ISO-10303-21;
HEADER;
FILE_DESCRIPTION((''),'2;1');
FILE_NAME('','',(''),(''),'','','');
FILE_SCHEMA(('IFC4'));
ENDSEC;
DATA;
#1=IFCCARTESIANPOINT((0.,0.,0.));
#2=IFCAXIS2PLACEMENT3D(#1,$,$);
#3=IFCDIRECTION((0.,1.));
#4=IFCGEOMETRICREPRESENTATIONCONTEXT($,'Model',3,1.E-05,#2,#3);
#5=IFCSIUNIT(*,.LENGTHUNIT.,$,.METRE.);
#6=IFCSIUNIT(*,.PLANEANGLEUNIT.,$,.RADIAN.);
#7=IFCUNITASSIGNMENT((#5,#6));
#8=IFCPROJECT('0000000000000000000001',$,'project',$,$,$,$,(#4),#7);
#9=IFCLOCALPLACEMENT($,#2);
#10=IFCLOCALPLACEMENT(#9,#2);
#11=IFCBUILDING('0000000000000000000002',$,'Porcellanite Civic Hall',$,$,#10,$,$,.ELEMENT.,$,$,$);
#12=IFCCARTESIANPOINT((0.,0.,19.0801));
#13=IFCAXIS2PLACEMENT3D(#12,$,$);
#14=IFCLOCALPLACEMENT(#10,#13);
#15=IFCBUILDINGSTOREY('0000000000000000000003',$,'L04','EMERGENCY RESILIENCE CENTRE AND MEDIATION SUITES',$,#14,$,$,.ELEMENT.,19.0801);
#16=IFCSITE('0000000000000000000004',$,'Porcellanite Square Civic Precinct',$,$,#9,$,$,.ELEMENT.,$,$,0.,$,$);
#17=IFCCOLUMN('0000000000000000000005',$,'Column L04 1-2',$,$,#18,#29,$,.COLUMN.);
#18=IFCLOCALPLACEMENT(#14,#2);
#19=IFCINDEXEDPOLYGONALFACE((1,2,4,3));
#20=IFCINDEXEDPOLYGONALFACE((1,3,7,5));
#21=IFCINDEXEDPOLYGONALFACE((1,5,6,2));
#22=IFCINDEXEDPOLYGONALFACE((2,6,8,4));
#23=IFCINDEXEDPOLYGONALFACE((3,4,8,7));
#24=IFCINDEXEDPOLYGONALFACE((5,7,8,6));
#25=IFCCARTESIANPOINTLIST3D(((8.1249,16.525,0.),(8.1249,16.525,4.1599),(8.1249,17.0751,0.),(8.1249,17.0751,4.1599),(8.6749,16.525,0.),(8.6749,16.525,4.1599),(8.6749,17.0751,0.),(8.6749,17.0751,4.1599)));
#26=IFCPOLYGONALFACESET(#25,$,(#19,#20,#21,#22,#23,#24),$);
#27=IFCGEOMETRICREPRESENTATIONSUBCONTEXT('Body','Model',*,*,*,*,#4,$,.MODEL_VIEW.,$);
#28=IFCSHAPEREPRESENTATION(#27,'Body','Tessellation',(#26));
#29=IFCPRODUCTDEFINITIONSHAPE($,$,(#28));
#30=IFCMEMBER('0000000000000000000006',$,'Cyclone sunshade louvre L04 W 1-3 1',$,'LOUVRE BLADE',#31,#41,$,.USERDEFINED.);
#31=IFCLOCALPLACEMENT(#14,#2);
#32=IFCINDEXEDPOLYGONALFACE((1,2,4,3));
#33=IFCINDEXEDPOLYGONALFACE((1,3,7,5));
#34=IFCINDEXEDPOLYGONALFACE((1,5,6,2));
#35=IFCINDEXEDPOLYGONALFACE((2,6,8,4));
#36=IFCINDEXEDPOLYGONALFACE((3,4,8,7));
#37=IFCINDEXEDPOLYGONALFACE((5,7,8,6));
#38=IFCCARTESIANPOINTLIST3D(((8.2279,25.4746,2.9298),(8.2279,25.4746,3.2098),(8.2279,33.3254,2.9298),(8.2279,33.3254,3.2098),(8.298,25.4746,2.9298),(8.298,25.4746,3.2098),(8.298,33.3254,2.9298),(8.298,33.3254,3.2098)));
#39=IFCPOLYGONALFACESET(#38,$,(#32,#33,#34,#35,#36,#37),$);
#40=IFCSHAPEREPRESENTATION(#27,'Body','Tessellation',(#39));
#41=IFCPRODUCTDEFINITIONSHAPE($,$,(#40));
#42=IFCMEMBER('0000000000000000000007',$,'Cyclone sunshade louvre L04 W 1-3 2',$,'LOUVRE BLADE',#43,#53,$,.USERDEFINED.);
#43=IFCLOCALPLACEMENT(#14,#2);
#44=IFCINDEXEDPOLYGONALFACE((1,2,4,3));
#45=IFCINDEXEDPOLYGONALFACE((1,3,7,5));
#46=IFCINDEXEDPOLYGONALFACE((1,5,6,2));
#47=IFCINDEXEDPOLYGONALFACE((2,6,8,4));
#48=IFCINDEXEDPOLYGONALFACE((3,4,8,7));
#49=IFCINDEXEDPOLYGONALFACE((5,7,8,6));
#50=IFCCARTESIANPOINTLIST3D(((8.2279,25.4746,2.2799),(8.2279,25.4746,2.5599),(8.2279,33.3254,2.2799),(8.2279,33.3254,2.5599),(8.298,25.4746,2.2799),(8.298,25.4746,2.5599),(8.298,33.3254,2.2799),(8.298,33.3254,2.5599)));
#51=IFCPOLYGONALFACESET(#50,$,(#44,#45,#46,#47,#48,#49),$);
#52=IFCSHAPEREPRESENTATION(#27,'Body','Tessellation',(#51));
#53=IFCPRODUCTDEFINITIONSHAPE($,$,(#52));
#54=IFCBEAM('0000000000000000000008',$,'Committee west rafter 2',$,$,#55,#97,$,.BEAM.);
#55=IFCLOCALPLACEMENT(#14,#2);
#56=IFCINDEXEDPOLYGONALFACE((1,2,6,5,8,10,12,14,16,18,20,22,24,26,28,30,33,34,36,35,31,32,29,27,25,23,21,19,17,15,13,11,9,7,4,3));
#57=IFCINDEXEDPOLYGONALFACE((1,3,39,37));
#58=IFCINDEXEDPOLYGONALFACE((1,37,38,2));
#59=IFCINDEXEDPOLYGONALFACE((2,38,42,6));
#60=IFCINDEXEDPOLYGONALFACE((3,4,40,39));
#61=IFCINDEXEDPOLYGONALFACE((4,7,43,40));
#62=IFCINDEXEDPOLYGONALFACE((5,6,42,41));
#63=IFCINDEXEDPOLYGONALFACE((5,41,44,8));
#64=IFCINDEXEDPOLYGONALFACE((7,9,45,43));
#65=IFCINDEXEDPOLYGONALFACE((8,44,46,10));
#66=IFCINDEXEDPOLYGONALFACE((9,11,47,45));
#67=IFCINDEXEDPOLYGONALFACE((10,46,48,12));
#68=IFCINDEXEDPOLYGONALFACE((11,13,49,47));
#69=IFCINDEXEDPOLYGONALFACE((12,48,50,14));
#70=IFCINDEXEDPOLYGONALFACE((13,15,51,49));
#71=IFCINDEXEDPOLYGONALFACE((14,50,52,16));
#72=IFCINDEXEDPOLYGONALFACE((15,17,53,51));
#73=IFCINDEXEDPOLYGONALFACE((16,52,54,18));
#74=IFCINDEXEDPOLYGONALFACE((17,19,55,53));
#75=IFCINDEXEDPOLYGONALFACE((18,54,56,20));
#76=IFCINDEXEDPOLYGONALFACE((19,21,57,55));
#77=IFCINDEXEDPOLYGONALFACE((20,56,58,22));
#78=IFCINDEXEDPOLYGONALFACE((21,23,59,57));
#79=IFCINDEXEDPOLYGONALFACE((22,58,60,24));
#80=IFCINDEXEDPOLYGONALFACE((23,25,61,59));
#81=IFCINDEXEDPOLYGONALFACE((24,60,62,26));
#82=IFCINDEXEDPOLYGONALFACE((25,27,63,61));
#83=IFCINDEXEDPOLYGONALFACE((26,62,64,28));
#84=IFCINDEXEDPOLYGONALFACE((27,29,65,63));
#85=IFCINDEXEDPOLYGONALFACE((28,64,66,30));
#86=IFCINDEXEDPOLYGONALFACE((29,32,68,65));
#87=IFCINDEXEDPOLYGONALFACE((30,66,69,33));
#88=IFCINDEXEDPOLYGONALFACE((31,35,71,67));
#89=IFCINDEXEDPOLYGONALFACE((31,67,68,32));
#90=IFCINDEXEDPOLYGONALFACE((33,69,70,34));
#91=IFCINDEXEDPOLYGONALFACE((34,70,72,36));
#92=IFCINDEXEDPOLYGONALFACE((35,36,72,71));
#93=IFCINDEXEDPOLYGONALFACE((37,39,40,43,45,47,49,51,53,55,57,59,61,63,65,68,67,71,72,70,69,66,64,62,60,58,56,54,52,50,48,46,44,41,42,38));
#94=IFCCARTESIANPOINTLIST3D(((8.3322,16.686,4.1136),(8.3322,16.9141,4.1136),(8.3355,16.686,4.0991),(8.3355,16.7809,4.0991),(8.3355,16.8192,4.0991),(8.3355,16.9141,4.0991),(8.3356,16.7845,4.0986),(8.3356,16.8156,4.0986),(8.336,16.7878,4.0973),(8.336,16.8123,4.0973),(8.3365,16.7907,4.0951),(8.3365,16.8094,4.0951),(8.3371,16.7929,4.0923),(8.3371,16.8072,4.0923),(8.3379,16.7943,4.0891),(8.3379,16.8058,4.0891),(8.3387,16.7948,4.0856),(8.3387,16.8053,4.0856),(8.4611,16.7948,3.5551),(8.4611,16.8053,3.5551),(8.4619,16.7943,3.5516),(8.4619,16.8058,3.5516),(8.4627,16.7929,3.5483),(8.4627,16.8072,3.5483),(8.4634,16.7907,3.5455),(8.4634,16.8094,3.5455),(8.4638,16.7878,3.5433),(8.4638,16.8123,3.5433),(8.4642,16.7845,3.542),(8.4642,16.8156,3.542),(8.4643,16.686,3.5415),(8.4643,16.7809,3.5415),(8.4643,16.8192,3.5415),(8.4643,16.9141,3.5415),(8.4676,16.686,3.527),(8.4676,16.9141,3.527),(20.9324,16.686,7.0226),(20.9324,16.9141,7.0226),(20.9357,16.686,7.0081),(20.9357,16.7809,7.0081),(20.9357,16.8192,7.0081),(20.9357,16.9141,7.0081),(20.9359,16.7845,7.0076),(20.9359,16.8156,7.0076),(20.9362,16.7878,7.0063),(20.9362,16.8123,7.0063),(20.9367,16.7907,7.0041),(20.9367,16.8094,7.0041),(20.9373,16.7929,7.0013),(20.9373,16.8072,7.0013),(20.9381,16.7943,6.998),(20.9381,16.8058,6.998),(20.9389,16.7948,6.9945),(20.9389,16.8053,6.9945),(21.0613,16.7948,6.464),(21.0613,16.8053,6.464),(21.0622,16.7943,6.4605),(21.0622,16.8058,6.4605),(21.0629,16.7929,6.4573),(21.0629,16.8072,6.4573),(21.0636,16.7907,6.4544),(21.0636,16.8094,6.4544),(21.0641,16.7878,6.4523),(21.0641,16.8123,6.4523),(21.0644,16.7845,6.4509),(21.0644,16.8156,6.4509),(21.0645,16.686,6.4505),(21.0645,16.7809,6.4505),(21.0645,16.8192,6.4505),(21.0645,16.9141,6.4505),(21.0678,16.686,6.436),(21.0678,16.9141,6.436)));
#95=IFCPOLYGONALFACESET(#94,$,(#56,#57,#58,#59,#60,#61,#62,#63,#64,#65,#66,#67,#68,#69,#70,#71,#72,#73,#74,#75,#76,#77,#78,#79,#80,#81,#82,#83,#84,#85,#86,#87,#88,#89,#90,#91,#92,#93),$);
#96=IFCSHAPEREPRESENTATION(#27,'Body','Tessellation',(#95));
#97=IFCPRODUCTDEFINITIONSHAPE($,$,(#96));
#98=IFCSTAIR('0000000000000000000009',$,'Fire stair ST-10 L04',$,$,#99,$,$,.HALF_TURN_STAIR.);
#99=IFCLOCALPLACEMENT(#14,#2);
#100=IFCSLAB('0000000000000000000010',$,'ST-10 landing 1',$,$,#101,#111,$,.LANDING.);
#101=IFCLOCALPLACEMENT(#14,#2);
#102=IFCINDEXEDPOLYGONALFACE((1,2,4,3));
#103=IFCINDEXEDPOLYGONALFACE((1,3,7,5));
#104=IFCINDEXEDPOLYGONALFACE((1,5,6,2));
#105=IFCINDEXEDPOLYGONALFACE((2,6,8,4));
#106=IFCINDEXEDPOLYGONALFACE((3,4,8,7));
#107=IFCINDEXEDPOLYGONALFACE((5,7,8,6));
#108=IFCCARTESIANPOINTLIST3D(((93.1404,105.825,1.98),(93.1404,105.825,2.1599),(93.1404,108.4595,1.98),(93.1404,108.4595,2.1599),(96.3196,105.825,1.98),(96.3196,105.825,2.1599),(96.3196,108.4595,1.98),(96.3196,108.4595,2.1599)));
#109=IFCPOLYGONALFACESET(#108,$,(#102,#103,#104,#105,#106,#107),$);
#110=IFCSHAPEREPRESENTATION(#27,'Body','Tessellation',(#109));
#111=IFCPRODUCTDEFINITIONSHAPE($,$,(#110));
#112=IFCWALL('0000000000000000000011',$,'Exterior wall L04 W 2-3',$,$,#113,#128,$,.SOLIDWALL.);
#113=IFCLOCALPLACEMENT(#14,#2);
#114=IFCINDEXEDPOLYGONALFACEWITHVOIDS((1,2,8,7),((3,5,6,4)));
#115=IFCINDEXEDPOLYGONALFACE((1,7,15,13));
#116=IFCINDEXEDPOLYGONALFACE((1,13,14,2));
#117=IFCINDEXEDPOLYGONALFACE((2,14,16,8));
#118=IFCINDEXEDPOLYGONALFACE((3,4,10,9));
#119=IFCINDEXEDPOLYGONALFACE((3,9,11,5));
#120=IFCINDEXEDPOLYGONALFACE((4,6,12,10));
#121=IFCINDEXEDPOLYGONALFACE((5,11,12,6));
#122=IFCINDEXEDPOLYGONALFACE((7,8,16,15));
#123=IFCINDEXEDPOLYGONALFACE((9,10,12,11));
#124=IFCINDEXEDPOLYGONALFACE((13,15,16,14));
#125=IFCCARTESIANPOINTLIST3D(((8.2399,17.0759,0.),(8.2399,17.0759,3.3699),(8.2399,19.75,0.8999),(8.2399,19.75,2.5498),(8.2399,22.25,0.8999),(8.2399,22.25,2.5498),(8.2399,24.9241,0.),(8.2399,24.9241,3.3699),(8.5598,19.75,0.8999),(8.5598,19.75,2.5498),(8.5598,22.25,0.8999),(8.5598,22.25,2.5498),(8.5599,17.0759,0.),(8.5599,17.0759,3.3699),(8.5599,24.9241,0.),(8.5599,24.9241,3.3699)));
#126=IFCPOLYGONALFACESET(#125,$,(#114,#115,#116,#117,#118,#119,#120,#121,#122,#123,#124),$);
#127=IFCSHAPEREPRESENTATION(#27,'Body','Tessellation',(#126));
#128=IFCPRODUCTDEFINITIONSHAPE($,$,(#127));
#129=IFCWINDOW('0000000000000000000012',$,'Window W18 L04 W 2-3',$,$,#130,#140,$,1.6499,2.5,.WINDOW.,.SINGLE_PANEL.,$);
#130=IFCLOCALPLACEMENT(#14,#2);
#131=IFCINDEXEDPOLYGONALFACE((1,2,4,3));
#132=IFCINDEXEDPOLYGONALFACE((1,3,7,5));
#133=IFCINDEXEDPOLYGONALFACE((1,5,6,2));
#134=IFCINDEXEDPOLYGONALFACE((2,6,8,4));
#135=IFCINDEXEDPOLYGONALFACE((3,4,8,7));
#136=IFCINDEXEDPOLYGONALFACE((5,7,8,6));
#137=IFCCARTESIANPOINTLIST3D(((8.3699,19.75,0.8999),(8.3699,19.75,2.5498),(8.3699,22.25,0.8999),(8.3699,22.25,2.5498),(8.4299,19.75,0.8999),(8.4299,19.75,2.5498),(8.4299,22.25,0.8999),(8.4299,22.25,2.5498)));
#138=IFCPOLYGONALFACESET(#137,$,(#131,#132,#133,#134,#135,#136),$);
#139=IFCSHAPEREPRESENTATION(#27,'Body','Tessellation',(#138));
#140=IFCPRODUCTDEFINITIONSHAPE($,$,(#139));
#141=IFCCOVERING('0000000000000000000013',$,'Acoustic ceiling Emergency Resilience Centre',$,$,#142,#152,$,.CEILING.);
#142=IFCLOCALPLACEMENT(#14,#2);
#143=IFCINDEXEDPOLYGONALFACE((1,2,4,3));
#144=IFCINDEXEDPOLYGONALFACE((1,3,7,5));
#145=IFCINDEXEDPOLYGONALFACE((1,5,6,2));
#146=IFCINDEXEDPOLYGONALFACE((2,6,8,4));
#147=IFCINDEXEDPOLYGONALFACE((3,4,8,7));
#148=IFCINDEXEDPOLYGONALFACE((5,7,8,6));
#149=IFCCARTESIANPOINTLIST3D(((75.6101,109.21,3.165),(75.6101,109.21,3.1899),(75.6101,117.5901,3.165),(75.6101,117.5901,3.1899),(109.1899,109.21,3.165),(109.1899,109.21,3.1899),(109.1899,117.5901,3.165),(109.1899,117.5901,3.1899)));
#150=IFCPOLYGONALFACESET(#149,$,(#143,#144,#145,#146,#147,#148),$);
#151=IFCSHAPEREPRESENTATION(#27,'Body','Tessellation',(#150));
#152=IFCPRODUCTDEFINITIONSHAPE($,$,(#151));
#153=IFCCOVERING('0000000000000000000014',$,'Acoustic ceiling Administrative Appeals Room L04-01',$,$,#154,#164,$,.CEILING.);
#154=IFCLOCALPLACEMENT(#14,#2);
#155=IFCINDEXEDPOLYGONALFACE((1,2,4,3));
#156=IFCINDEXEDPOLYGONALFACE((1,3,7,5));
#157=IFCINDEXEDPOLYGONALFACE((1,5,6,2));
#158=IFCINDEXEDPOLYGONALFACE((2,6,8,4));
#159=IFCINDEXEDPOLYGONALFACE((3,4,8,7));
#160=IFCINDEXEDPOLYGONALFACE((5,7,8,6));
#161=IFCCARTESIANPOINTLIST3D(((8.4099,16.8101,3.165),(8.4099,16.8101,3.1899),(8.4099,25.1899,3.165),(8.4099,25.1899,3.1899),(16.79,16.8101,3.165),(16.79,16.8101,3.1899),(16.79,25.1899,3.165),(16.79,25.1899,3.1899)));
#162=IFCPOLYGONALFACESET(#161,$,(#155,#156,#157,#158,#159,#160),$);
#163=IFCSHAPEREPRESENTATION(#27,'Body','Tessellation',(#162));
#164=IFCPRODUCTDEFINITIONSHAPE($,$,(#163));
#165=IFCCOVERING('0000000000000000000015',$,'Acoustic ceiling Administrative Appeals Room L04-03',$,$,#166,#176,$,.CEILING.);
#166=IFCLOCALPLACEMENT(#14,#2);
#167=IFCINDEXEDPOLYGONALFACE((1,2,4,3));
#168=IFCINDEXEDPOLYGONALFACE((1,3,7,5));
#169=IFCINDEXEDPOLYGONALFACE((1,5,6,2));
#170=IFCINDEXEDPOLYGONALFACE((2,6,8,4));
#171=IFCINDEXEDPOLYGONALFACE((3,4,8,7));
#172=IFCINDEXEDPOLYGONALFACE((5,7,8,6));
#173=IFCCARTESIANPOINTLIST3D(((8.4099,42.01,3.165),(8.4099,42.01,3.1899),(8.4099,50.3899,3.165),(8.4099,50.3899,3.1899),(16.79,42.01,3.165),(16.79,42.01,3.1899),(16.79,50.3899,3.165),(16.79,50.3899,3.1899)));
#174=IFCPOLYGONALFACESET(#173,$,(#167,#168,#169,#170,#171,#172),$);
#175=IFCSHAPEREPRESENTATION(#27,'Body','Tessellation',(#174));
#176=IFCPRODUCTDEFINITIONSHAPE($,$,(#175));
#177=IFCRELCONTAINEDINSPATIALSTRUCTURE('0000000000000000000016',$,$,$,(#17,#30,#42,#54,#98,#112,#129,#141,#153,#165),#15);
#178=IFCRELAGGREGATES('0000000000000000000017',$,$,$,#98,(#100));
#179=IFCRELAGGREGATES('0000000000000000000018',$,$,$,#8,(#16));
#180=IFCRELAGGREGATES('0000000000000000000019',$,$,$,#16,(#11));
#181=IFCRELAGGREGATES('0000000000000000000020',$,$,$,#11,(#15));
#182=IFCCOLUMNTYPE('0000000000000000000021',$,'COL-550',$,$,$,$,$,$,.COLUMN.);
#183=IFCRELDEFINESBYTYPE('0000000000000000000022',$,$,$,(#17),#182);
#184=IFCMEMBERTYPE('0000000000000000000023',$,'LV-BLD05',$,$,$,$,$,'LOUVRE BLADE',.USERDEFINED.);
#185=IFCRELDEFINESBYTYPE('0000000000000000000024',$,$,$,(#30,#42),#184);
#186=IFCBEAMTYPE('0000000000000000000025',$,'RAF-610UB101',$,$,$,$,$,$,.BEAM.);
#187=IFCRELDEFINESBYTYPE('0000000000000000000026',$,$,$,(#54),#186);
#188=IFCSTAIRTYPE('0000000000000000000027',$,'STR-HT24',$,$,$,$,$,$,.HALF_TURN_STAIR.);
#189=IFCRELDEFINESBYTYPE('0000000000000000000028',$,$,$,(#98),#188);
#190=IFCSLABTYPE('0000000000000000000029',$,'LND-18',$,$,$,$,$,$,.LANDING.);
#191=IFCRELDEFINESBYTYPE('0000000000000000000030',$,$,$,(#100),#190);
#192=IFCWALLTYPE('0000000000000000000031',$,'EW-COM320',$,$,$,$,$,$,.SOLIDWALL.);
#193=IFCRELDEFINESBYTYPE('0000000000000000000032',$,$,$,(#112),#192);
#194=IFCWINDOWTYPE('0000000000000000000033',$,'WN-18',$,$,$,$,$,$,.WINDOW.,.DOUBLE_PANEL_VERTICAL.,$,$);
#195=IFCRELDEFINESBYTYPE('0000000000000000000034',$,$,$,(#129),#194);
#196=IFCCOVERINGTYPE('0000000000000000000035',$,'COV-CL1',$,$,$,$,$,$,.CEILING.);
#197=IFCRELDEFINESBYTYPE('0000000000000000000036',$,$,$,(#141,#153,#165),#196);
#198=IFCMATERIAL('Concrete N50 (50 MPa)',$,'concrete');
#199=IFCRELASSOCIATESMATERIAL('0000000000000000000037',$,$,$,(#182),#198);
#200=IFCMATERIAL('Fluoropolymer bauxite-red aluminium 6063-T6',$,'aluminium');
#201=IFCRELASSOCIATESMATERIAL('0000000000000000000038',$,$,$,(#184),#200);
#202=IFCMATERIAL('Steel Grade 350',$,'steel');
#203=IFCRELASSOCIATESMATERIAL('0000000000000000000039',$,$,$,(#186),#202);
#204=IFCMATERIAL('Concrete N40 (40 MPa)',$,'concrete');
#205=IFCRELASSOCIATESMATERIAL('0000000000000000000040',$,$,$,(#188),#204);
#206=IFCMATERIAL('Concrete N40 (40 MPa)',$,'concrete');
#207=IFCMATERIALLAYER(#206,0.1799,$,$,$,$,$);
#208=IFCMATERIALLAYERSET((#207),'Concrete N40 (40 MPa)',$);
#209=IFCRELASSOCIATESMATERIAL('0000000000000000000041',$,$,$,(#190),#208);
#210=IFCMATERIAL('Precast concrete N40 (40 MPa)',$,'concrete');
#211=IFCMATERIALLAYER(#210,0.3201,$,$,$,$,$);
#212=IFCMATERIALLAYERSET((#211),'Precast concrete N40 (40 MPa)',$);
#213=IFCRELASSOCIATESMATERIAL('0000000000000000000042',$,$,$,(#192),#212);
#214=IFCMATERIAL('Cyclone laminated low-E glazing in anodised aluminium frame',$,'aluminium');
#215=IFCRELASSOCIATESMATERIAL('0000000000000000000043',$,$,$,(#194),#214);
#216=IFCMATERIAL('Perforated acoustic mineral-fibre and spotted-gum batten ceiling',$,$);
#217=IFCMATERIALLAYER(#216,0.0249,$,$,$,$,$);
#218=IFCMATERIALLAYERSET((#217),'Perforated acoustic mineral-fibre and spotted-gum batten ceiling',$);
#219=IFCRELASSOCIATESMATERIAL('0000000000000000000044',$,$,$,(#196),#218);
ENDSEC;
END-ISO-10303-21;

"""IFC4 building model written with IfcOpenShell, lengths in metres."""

from ifc_helpers import new_model, si_unit, direction, frame, frame_2d, origin, origin_2d, place, context, subcontext, project, spatial, polyline, rectangle, i_section, outline, extrude, material, layer, layer_set, material_profile, profile_set, type_object, element, fill, aggregate, save


model = new_model("IFC4")

# Units and contexts
model_context = context("Model", 3, precision=1e-05, world=origin(), true_north=direction((0.0, 1.0)))
body_context = subcontext(model_context, "Body", "Model", "MODEL_VIEW")
ifc_project = project(units=[si_unit("LENGTHUNIT", "METRE"), si_unit("PLANEANGLEUNIT", "RADIAN")], contexts=[model_context])

# Site, building, storey
site_placement = place(None, origin())
site = spatial("IfcSite", under=ifc_project, at=site_placement, Name="Porcellanite Square Civic Precinct", CompositionType="ELEMENT", RefElevation=0.0)
building_placement = place(site_placement, origin())
building = spatial("IfcBuilding", under=site, at=building_placement, Name="Porcellanite Civic Hall", CompositionType="ELEMENT")
storey_placement = place(building_placement, frame((0.0, 0.0, 19.0801)))
storey = spatial("IfcBuildingStorey", under=building, at=storey_placement, Name="L04", Description="EMERGENCY RESILIENCE CENTRE AND MEDIATION SUITES", CompositionType="ELEMENT", Elevation=19.0801)

# Column
ifc_material_1 = material(Name="Concrete N50 (50 MPa)", Category="concrete")
ifc_material_profile_1 = material_profile(ifc_material_1, rectangle(XDim=0.55, YDim=0.55, at=origin_2d()), Name="RC-550x550")
ifc_profile_set_1 = profile_set([ifc_material_profile_1], Name="Concrete N50 (50 MPa)")
column_type = type_object("IfcColumnType", Name="COL-550", PredefinedType="COLUMN", material=ifc_profile_set_1)
column_placement = place(storey_placement, frame((8.3999, 16.8, 0.0), z_axis=(0.0, 0.0, 1.0), x_axis=(1.0, 0.0, 0.0)))
element("IfcColumn", 1, at=column_placement, inside=storey, type_object=column_type, Name="Column L04 1-2", PredefinedType="COLUMN", context=body_context, shape_type="SweptSolid", body=[
    extrude(rectangle(XDim=0.55, YDim=0.55, at=origin_2d()), origin(), (0.0, 0.0, 1.0), 4.1599),
])

# Members
ifc_material_2 = material(Name="Fluoropolymer bauxite-red aluminium 6063-T6", Category="aluminium")
ifc_material_profile_2 = material_profile(ifc_material_2, rectangle(XDim=0.0701, YDim=0.28, at=origin_2d()), Name="AL-70x280")
ifc_profile_set_2 = profile_set([ifc_material_profile_2], Name="Fluoropolymer bauxite-red aluminium 6063-T6")
member_type = type_object("IfcMemberType", Name="LV-BLD05", ElementType="LOUVRE BLADE", PredefinedType="USERDEFINED", material=ifc_profile_set_2)
for number, where, z_axis, x_axis, name in (
    (2, (8.2629, 25.4746, 3.0698), (0.0, 1.0, 0.0), (-1.0, 0.0, 0.0), "Cyclone sunshade louvre L04 W 1-3 1"),
    (3, (8.2629, 25.4746, 2.4199), (0.0, 1.0, 0.0), (-1.0, 0.0, 0.0), "Cyclone sunshade louvre L04 W 1-3 2"),
):
    element("IfcMember", number, at=place(storey_placement, frame(where, z_axis=z_axis, x_axis=x_axis)), inside=storey, type_object=member_type, Name=name, ObjectType="LOUVRE BLADE", PredefinedType="USERDEFINED", context=body_context, shape_type="SweptSolid", body=[
        extrude(rectangle(XDim=0.0701, YDim=0.28, at=origin_2d()), origin(), (0.0, 0.0, 1.0), 7.8508),
    ])

# Beam
ifc_material_3 = material(Name="Steel Grade 350", Category="steel")
ifc_material_profile_3 = material_profile(ifc_material_3, i_section(OverallWidth=0.228, OverallDepth=0.6021, WebThickness=0.0105, FlangeThickness=0.0149, FilletRadius=0.0139, at=origin_2d()), Name="610UB101")
ifc_profile_set_3 = profile_set([ifc_material_profile_3], Name="Steel Grade 350")
beam_type = type_object("IfcBeamType", Name="RAF-610UB101", PredefinedType="BEAM", material=ifc_profile_set_3)
beam_placement = place(storey_placement, frame((8.3999, 16.8, 3.8203), z_axis=(0.974371, 0.0, 0.224949), x_axis=(0.0, 1.0, 0.0)))
element("IfcBeam", 4, at=beam_placement, inside=storey, type_object=beam_type, Name="Committee west rafter 2", PredefinedType="BEAM", context=body_context, shape_type="SweptSolid", body=[
    extrude(i_section(OverallWidth=0.228, OverallDepth=0.6021, WebThickness=0.0105, FlangeThickness=0.0149, FilletRadius=0.0139, at=origin_2d()), origin(), (0.0, 0.0, 1.0), 12.9316),
])

# Stair, slab
ifc_material_4 = material(Name="Concrete N40 (40 MPa)", Category="concrete")
stair_type = type_object("IfcStairType", Name="STR-HT24", PredefinedType="HALF_TURN_STAIR", material=ifc_material_4)
stair_placement = place(storey_placement, origin())
stair = element("IfcStair", 5, at=stair_placement, inside=storey, type_object=stair_type, Name="Fire stair ST-10 L04", PredefinedType="HALF_TURN_STAIR")
ifc_material_5 = material(Name="Concrete N40 (40 MPa)", Category="concrete")
ifc_layer_1 = layer(ifc_material_5, 0.1799)
ifc_layer_set_1 = layer_set([ifc_layer_1], Name="Concrete N40 (40 MPa)")
slab_type = type_object("IfcSlabType", Name="LND-18", PredefinedType="LANDING", material=ifc_layer_set_1)
slab_placement = place(storey_placement, frame((0.0, 0.0, 1.98)))
slab = element("IfcSlab", 6, at=slab_placement, type_object=slab_type, Name="ST-10 landing 1", PredefinedType="LANDING", context=body_context, shape_type="SweptSolid", body=[
    extrude(outline(polyline([(93.1404, 105.825), (96.3196, 105.825), (96.3196, 108.4595), (93.1404, 108.4595), (93.1404, 105.825)])), origin(), (0.0, 0.0, 1.0), 0.1799),
])
aggregate(stair, [slab])

# Wall, opening, window
ifc_material_6 = material(Name="Precast concrete N40 (40 MPa)", Category="concrete")
ifc_layer_2 = layer(ifc_material_6, 0.3201)
ifc_layer_set_2 = layer_set([ifc_layer_2], Name="Precast concrete N40 (40 MPa)")
wall_type = type_object("IfcWallType", Name="EW-COM320", PredefinedType="SOLIDWALL", material=ifc_layer_set_2)
wall_placement = place(storey_placement, frame((8.3999, 17.0759, 0.0), z_axis=(0.0, 0.0, 1.0), x_axis=(0.0, 1.0, 0.0)))
wall = element("IfcWall", 7, at=wall_placement, inside=storey, type_object=wall_type, Name="Exterior wall L04 W 2-3", PredefinedType="SOLIDWALL", context=body_context, shape_type="SweptSolid", body=[
    extrude(rectangle(XDim=7.8481, YDim=0.3201, at=frame_2d((3.9241, 0.0))), origin(), (0.0, 0.0, 1.0), 3.3699),
])
opening_placement = place(wall_placement, frame((2.6741, 0.0, 0.8999)))
opening = element("IfcOpeningElement", 8, at=opening_placement, cuts=wall, PredefinedType="OPENING", context=body_context, shape_type="SweptSolid", body=[
    extrude(rectangle(XDim=2.5, YDim=1.6499, at=frame_2d((1.25, 0.825))), frame((0.0, 0.1602, 0.0), z_axis=(0.0, -1.0, 0.0), x_axis=(1.0, 0.0, 0.0)), (0.0, 0.0, 1.0), 0.3201),
])
ifc_material_7 = material(Name="Cyclone laminated low-E glazing in anodised aluminium frame", Category="aluminium")
window_type = type_object("IfcWindowType", Name="WN-18", PartitioningType="DOUBLE_PANEL_VERTICAL", PredefinedType="WINDOW", material=ifc_material_7)
window_placement = place(opening_placement, origin())
window = element("IfcWindow", 9, at=window_placement, inside=storey, type_object=window_type, Name="Window W18 L04 W 2-3", OverallHeight=1.6499, OverallWidth=2.5, PartitioningType="SINGLE_PANEL", PredefinedType="WINDOW", context=body_context, shape_type="SweptSolid", body=[
    extrude(rectangle(XDim=2.5, YDim=1.6499, at=frame_2d((1.25, 0.825))), frame((0.0, 0.03, 0.0), z_axis=(0.0, -1.0, 0.0), x_axis=(1.0, 0.0, 0.0)), (0.0, 0.0, 1.0), 0.0601),
])
fill(opening, window)

# Coverings
ifc_material_8 = material(Name="Perforated acoustic mineral-fibre and spotted-gum batten ceiling")
ifc_layer_3 = layer(ifc_material_8, 0.0249)
ifc_layer_set_3 = layer_set([ifc_layer_3], Name="Perforated acoustic mineral-fibre and spotted-gum batten ceiling")
covering_type = type_object("IfcCoveringType", Name="COV-CL1", PredefinedType="CEILING", material=ifc_layer_set_3)
covering_1_placement = place(storey_placement, frame((0.0, 0.0, 3.165)))
element("IfcCovering", 10, at=covering_1_placement, inside=storey, type_object=covering_type, Name="Acoustic ceiling Emergency Resilience Centre", PredefinedType="CEILING", context=body_context, shape_type="SweptSolid", body=[
    extrude(outline(polyline([(75.6101, 109.21), (109.1899, 109.21), (109.1899, 117.5901), (75.6101, 117.5901), (75.6101, 109.21)])), origin(), (0.0, 0.0, 1.0), 0.0249),
])
covering_2_placement = place(storey_placement, frame((0.0, 0.0, 3.165)))
element("IfcCovering", 11, at=covering_2_placement, inside=storey, type_object=covering_type, Name="Acoustic ceiling Administrative Appeals Room L04-01", PredefinedType="CEILING", context=body_context, shape_type="SweptSolid", body=[
    extrude(outline(polyline([(8.4099, 16.8101), (16.79, 16.8101), (16.79, 25.1899), (8.4099, 25.1899), (8.4099, 16.8101)])), origin(), (0.0, 0.0, 1.0), 0.0249),
])
covering_3_placement = place(storey_placement, frame((0.0, 0.0, 3.165)))
element("IfcCovering", 12, at=covering_3_placement, inside=storey, type_object=covering_type, Name="Acoustic ceiling Administrative Appeals Room L04-03", PredefinedType="CEILING", context=body_context, shape_type="SweptSolid", body=[
    extrude(outline(polyline([(8.4099, 42.01), (16.79, 42.01), (16.79, 50.3899), (8.4099, 50.3899), (8.4099, 42.01)])), origin(), (0.0, 0.0, 1.0), 0.0249),
])

save(model, "model.ifc")
